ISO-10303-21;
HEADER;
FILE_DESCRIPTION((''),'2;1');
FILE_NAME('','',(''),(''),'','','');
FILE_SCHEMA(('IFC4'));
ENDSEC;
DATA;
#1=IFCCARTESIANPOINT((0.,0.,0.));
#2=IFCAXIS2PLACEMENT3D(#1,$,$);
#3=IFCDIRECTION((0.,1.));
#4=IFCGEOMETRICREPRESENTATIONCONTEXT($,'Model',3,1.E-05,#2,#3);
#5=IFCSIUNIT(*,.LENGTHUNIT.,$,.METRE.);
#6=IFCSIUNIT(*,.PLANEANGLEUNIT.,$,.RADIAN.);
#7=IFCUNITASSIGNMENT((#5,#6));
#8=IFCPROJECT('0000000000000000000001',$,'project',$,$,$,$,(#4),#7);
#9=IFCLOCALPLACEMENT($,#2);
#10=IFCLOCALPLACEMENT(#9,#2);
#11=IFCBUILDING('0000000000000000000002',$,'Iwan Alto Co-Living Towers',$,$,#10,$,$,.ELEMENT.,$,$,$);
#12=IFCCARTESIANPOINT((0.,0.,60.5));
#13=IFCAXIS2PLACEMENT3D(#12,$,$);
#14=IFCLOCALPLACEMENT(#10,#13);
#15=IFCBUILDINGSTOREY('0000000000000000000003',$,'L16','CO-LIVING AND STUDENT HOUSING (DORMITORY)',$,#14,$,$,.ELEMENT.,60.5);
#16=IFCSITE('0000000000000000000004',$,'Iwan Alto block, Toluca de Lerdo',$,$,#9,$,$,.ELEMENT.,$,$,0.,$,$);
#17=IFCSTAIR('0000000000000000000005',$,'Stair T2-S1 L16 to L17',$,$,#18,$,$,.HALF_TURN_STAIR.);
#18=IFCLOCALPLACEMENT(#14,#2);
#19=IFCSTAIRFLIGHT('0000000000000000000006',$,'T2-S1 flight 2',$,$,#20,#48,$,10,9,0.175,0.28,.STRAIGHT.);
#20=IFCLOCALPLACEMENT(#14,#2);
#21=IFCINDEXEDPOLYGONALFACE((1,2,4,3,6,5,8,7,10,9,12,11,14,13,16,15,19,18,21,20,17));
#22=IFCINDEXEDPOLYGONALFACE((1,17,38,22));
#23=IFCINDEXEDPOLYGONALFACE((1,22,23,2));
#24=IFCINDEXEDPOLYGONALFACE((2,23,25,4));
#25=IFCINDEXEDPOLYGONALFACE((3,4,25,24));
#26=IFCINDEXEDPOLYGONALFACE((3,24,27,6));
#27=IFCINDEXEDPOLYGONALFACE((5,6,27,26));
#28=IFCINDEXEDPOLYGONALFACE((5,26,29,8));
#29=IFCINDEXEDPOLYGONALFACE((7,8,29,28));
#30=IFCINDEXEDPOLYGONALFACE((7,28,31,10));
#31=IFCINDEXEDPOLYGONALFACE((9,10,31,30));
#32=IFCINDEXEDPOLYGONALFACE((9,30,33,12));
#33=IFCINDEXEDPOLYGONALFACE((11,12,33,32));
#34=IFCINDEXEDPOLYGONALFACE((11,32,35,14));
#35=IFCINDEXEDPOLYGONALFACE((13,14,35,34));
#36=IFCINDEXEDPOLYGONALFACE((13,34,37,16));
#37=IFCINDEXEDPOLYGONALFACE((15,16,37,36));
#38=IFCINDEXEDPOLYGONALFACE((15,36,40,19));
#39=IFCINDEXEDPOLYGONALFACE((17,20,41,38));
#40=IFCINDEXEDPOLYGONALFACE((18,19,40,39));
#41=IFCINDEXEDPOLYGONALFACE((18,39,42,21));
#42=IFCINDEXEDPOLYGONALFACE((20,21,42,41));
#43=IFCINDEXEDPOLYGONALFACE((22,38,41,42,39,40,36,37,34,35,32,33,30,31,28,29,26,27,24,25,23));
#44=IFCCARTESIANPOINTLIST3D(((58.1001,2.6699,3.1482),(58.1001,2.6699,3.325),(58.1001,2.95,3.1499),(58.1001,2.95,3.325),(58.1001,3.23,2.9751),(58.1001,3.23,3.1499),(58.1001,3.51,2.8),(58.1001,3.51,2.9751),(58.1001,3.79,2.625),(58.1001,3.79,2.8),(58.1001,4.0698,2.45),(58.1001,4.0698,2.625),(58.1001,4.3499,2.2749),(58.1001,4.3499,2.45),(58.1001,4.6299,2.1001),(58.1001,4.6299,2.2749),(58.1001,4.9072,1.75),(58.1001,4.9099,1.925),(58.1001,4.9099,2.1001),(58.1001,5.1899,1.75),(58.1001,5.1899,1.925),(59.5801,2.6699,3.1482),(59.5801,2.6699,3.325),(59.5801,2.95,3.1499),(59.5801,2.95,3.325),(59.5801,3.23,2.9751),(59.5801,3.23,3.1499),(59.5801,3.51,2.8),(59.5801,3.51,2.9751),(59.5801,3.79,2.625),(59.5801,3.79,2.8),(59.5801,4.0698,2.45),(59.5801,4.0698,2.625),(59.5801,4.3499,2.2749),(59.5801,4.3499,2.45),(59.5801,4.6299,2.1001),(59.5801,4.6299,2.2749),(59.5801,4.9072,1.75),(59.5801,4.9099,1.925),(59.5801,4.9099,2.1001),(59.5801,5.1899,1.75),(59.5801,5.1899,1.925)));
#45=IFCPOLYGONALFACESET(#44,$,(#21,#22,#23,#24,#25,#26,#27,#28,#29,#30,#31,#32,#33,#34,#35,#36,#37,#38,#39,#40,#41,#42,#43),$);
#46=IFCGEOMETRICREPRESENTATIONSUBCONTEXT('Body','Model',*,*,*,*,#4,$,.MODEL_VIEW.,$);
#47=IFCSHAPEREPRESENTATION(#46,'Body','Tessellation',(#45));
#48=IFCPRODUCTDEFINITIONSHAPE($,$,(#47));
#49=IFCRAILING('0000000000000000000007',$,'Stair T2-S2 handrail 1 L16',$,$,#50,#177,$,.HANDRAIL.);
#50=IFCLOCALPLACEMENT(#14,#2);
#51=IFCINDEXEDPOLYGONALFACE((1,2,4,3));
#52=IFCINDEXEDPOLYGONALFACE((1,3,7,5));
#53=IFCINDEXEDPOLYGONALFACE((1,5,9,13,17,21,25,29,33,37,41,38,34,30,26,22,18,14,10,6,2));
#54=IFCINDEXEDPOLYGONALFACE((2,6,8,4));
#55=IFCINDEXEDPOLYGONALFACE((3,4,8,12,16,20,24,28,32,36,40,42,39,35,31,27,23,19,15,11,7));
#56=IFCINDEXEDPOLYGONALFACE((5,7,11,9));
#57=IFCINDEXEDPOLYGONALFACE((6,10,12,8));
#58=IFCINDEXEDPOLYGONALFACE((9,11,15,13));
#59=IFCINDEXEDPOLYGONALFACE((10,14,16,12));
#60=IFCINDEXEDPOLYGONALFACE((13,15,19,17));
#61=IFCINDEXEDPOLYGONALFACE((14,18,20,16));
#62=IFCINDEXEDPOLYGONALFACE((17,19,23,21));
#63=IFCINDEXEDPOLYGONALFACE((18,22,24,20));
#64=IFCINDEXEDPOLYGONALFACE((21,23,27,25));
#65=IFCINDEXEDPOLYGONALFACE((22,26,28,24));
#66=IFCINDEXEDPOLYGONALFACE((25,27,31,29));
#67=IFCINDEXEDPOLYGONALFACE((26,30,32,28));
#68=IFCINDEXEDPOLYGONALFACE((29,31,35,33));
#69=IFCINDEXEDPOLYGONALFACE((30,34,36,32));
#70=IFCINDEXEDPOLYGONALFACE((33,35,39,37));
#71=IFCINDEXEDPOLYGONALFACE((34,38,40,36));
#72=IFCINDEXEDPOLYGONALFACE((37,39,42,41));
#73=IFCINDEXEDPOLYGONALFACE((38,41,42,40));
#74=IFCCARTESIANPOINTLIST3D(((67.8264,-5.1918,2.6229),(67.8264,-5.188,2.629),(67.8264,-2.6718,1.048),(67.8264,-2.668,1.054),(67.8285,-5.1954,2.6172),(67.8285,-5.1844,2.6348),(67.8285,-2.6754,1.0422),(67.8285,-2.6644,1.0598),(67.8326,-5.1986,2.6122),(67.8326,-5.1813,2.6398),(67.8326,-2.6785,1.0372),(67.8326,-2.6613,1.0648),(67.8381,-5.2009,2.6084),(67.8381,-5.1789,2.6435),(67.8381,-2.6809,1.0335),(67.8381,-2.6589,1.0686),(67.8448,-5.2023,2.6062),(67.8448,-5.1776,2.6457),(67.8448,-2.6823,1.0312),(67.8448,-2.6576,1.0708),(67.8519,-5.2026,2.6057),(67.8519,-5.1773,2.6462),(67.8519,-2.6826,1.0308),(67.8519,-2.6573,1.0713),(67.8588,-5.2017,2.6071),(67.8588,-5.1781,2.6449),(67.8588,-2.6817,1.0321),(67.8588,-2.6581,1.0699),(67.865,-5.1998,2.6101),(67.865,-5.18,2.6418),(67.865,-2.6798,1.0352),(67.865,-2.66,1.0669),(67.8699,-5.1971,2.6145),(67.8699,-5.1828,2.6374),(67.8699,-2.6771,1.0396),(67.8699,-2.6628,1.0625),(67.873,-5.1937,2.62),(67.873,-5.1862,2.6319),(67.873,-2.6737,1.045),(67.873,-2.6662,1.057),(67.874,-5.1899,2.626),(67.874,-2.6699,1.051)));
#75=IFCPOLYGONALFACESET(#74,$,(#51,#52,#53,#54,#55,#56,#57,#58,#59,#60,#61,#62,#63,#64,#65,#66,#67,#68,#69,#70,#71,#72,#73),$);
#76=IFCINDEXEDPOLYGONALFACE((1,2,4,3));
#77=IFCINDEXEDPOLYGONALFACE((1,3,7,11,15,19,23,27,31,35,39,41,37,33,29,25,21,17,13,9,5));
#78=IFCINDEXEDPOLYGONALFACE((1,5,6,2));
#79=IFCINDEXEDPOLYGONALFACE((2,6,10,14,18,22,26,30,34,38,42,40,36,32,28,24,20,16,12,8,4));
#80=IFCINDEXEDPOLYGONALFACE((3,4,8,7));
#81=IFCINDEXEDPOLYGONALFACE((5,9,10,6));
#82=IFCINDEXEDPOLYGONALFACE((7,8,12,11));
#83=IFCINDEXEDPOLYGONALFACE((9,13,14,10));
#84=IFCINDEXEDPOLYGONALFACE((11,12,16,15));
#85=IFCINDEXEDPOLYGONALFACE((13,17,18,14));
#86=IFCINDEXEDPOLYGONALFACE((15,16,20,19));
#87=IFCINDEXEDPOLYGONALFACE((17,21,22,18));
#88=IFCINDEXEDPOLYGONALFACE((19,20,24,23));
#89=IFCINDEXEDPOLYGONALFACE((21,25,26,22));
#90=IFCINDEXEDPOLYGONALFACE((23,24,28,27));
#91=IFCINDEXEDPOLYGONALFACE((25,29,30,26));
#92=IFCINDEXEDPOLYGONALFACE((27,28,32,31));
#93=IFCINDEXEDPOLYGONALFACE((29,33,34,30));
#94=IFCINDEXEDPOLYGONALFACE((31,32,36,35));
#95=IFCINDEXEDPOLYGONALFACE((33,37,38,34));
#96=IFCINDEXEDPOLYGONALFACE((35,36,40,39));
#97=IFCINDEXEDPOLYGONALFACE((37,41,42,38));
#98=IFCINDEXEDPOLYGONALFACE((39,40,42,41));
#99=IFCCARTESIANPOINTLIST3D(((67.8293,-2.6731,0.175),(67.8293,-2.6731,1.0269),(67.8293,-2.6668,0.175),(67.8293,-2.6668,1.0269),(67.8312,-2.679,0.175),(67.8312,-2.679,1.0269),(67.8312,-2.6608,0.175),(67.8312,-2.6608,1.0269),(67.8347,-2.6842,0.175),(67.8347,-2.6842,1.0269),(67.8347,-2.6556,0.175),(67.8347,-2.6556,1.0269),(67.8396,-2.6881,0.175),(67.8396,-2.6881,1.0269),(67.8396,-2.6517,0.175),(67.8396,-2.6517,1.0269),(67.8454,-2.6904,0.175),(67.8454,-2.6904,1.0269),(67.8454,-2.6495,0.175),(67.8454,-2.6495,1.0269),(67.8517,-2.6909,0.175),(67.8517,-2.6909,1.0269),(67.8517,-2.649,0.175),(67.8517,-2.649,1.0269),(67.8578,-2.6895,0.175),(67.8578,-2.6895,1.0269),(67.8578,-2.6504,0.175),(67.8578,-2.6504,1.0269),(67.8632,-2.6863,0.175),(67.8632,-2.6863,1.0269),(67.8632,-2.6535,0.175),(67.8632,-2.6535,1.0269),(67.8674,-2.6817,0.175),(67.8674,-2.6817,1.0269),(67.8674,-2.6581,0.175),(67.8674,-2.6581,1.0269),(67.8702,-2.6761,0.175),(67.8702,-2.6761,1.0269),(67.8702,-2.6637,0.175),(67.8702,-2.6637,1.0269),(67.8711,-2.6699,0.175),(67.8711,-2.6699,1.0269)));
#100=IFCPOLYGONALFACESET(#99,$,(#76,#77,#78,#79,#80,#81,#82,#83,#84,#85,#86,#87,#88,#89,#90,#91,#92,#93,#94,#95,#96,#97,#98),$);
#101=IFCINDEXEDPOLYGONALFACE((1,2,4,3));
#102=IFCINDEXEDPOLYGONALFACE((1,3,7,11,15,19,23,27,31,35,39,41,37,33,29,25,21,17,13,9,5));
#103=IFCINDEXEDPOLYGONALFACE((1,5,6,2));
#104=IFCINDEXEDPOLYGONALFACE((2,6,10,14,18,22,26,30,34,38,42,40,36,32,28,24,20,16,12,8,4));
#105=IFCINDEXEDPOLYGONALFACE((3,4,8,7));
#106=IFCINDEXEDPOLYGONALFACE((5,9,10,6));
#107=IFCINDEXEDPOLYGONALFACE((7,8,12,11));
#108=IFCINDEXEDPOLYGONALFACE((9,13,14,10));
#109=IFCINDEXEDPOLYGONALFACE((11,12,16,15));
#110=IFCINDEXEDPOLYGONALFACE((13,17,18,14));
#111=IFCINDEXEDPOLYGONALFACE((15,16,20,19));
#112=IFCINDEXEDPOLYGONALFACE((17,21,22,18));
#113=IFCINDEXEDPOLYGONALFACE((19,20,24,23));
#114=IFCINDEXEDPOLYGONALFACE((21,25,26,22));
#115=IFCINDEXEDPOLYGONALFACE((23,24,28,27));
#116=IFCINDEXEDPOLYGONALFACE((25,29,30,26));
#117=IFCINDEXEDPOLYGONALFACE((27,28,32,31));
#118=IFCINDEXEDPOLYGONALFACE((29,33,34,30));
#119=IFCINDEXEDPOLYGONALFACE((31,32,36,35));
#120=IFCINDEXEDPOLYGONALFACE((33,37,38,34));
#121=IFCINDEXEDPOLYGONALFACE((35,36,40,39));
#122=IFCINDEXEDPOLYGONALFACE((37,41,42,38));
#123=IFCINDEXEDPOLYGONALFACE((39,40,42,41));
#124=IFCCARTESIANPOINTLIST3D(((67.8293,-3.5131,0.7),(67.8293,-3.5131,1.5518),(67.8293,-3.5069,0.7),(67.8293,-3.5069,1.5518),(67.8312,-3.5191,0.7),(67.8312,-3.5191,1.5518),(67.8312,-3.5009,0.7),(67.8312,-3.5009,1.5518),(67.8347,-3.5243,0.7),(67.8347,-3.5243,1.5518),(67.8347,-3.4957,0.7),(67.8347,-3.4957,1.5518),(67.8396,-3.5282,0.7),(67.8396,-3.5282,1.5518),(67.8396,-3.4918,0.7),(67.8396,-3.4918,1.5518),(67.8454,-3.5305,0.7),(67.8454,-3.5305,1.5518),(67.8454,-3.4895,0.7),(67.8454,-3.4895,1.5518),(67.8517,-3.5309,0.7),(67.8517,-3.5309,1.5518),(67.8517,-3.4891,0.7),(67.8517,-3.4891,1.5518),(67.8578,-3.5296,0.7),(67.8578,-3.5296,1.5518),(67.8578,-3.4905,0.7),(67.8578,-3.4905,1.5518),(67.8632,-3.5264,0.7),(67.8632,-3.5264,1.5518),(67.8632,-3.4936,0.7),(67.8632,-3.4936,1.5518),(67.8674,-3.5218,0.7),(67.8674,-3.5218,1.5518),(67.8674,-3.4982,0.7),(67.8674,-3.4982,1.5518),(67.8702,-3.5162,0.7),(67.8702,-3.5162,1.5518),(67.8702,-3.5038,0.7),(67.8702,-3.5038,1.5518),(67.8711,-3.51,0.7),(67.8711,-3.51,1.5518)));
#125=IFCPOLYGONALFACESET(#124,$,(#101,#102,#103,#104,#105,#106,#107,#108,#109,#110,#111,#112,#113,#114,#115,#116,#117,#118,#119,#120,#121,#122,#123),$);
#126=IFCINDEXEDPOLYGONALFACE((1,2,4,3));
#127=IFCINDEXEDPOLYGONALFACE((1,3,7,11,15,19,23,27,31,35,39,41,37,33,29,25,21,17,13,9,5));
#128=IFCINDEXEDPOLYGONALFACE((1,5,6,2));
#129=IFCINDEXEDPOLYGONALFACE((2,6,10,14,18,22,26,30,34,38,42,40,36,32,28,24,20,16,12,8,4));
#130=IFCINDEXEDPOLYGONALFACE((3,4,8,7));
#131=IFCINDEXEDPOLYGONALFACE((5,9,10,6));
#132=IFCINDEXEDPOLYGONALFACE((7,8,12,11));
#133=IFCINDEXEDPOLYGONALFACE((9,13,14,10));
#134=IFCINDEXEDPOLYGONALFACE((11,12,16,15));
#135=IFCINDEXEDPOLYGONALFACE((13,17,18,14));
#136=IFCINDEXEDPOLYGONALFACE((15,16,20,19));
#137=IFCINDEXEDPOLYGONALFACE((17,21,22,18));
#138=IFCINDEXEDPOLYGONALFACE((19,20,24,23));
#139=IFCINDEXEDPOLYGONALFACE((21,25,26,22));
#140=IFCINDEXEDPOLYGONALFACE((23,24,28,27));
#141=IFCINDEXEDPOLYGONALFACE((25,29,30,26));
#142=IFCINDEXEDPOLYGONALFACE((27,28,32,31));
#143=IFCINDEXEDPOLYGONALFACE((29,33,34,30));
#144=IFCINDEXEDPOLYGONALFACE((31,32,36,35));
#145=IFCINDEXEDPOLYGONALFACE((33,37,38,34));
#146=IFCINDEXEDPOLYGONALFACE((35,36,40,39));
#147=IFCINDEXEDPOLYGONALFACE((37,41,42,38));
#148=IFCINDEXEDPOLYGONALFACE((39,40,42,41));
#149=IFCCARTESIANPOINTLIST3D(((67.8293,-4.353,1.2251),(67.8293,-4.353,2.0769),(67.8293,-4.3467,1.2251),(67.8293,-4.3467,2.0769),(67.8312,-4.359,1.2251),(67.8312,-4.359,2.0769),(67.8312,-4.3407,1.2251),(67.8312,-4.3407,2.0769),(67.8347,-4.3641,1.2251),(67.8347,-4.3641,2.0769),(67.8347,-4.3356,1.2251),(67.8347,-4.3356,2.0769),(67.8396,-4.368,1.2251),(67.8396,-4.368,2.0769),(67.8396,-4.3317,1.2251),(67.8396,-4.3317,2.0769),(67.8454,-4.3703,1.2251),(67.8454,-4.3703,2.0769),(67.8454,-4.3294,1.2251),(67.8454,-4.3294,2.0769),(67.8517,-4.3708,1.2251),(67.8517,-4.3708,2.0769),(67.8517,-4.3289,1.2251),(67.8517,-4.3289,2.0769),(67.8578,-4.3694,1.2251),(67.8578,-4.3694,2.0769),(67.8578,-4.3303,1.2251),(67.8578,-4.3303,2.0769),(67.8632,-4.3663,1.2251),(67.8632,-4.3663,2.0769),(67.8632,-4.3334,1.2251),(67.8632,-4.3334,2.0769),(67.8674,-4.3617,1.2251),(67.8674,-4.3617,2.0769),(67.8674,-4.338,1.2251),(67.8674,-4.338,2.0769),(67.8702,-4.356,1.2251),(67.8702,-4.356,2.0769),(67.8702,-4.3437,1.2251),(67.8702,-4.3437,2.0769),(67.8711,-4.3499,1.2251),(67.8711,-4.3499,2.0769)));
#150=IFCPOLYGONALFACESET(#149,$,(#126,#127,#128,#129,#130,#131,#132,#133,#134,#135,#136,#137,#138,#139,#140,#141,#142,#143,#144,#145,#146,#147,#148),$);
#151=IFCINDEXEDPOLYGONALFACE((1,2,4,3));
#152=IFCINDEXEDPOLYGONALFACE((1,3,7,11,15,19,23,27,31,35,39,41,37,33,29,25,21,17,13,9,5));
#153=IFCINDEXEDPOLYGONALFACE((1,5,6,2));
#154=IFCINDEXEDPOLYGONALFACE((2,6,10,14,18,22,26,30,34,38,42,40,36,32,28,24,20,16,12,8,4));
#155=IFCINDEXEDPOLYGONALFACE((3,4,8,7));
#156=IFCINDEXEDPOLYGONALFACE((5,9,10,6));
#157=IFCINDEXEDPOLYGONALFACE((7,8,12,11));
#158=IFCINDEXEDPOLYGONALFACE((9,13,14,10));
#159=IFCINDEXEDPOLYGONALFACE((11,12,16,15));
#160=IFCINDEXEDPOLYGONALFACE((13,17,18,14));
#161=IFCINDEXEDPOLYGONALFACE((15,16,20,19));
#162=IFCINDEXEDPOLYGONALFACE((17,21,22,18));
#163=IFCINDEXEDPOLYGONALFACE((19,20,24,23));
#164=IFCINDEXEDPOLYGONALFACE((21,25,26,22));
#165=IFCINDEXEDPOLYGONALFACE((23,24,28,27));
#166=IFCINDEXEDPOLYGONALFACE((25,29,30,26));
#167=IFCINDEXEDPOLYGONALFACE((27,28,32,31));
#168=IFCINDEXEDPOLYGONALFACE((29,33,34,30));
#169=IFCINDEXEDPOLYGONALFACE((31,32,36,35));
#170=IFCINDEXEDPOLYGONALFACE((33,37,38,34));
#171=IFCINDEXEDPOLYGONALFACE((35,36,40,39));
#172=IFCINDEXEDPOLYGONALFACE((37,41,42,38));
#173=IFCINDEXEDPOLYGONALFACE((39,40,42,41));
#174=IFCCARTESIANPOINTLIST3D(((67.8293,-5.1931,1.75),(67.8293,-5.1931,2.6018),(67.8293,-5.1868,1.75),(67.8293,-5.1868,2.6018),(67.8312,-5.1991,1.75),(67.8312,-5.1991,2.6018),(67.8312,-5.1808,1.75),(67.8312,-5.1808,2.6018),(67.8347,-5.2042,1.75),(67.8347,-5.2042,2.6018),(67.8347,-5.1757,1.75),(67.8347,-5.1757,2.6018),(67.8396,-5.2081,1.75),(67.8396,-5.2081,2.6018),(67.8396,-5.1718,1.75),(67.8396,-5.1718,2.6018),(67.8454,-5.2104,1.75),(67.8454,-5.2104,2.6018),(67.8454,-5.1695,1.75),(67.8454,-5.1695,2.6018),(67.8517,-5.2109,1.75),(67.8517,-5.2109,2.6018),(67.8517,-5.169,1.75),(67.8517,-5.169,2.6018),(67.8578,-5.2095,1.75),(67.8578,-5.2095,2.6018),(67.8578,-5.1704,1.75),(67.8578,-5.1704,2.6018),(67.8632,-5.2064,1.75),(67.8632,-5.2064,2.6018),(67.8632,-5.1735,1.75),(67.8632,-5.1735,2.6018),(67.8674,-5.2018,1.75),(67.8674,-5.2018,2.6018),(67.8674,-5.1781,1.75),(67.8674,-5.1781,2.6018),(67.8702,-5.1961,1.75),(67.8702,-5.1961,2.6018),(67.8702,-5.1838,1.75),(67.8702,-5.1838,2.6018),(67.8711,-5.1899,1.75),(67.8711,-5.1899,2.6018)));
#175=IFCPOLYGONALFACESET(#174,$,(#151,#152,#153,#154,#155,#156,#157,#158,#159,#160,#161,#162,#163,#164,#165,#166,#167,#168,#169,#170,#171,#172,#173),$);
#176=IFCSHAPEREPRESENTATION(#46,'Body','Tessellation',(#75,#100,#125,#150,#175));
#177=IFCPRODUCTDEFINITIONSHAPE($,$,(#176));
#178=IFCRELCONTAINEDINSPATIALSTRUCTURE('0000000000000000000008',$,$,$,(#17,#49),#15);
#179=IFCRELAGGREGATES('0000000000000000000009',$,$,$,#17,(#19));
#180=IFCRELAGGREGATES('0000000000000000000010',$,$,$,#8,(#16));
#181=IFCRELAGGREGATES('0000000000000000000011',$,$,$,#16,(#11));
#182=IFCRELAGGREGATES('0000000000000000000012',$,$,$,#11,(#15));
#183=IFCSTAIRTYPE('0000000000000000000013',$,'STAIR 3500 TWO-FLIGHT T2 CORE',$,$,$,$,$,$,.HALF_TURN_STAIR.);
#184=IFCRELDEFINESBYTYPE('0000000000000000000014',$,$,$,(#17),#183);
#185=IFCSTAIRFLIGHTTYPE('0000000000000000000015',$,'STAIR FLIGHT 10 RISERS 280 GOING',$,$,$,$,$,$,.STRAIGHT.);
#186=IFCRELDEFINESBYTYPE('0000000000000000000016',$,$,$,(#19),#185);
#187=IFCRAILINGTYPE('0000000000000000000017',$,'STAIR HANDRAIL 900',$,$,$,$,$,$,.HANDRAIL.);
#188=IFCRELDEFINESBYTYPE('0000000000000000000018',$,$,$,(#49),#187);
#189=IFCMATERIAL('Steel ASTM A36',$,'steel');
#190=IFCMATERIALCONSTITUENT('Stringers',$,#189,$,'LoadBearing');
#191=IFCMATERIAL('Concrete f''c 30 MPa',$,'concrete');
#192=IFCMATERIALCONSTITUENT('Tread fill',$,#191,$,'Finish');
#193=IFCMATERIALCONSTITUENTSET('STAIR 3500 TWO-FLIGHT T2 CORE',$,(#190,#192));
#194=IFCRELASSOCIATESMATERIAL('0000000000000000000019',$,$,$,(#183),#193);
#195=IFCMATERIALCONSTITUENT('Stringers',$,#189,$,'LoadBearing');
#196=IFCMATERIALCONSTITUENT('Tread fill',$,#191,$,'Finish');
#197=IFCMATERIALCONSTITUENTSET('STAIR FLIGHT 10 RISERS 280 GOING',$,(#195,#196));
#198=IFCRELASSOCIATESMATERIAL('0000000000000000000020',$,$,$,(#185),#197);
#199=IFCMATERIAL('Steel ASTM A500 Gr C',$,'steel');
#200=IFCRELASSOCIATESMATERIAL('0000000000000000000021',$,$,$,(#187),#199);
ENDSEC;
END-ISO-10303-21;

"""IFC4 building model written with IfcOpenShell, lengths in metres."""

from ifc_helpers import new_model, si_unit, direction, frame, origin, origin_2d, place, context, subcontext, project, spatial, polyline, circle, outline, extrude, material, constituent, constituent_set, type_object, element, aggregate, save


model = new_model("IFC4")

# Units and contexts
model_context = context("Model", 3, precision=1e-05, world=origin(), true_north=direction((0.0, 1.0)))
body_context = subcontext(model_context, "Body", "Model", "MODEL_VIEW")
ifc_project = project(units=[si_unit("LENGTHUNIT", "METRE"), si_unit("PLANEANGLEUNIT", "RADIAN")], contexts=[model_context])

# Site, building, storey
site_placement = place(None, origin())
site = spatial("IfcSite", under=ifc_project, at=site_placement, Name="Iwan Alto block, Toluca de Lerdo", CompositionType="ELEMENT", RefElevation=0.0)
building_placement = place(site_placement, origin())
building = spatial("IfcBuilding", under=site, at=building_placement, Name="Iwan Alto Co-Living Towers", CompositionType="ELEMENT")
storey_placement = place(building_placement, frame((0.0, 0.0, 60.5)))
storey = spatial("IfcBuildingStorey", under=building, at=storey_placement, Name="L16", Description="CO-LIVING AND STUDENT HOUSING (DORMITORY)", CompositionType="ELEMENT", Elevation=60.5)

# Stair, stair flight
ifc_material_1 = material(Name="Steel ASTM A36", Category="steel")
ifc_constituent_1 = constituent(ifc_material_1, Name="Stringers", Category="LoadBearing")
ifc_material_2 = material(Name="Concrete f'c 30 MPa", Category="concrete")
ifc_constituent_2 = constituent(ifc_material_2, Name="Tread fill", Category="Finish")
ifc_constituent_set_1 = constituent_set(constituents=[ifc_constituent_1, ifc_constituent_2], Name="STAIR 3500 TWO-FLIGHT T2 CORE")
stair_type = type_object("IfcStairType", Name="STAIR 3500 TWO-FLIGHT T2 CORE", PredefinedType="HALF_TURN_STAIR", material=ifc_constituent_set_1)
stair_placement = place(storey_placement, origin())
stair = element("IfcStair", 1, at=stair_placement, inside=storey, type_object=stair_type, Name="Stair T2-S1 L16 to L17", PredefinedType="HALF_TURN_STAIR")
ifc_constituent_3 = constituent(ifc_material_1, Name="Stringers", Category="LoadBearing")
ifc_constituent_4 = constituent(ifc_material_2, Name="Tread fill", Category="Finish")
ifc_constituent_set_2 = constituent_set(constituents=[ifc_constituent_3, ifc_constituent_4], Name="STAIR FLIGHT 10 RISERS 280 GOING")
stair_flight_type = type_object("IfcStairFlightType", Name="STAIR FLIGHT 10 RISERS 280 GOING", PredefinedType="STRAIGHT", material=ifc_constituent_set_2)
stair_flight_placement = place(storey_placement, frame((58.8401, 5.1899, 1.75), z_axis=(0.0, 0.0, 1.0), x_axis=(0.0, -1.0, 0.0)))
stair_flight = element("IfcStairFlight", 2, at=stair_flight_placement, type_object=stair_flight_type, Name="T2-S1 flight 2", NumberOfRisers=10, NumberOfTreads=9, PredefinedType="STRAIGHT", RiserHeight=0.175, TreadLength=0.28, context=body_context, shape_type="SweptSolid", body=[
    extrude(outline(polyline([(0.0, 0.0), (0.0, 0.175), (0.28, 0.175), (0.28, 0.3501), (0.5601, 0.3501), (0.5601, 0.5249), (0.8401, 0.5249), (0.8401, 0.7), (1.1201, 0.7), (1.1201, 0.875), (1.3999, 0.875), (1.3999, 1.05), (1.6799, 1.05), (1.6799, 1.2251), (1.96, 1.2251), (1.96, 1.3999), (2.24, 1.3999), (2.24, 1.575), (2.52, 1.575), (2.52, 1.75), (2.52, 1.3982), (0.2827, 0.0), (0.0, 0.0)])), frame((0.0, 0.74, 0.0), z_axis=(0.0, -1.0, 0.0), x_axis=(1.0, 0.0, 0.0)), (0.0, 0.0, 1.0), 1.48),
])
aggregate(stair, [stair_flight])

# Railing
ifc_material_3 = material(Name="Steel ASTM A500 Gr C", Category="steel")
railing_type_1 = type_object("IfcRailingType", Name="STAIR HANDRAIL 900", PredefinedType="HANDRAIL", material=ifc_material_3)
railing_1_placement = place(storey_placement, frame((67.8501, -2.6699, 0.175)))
element("IfcRailing", 3, at=railing_1_placement, inside=storey, type_object=railing_type_1, Name="Stair T2-S2 handrail 1 L16", PredefinedType="HANDRAIL", context=body_context, shape_type="SweptSolid", body=[
    extrude(circle(Radius=0.0239, at=origin_2d()), frame((0.0, 0.0, 0.876), z_axis=(0.0, -0.848008, 0.529984), x_axis=(1.0, 0.0, 0.0)), (0.0, 0.0, 1.0), 2.9717),
    extrude(circle(Radius=0.021, at=origin_2d()), origin(), (0.0, 0.0, 1.0), 0.8518),
    extrude(circle(Radius=0.021, at=origin_2d()), frame((0.0, -0.8401, 0.5249)), (0.0, 0.0, 1.0), 0.8518),
    extrude(circle(Radius=0.021, at=origin_2d()), frame((0.0, -1.6799, 1.05)), (0.0, 0.0, 1.0), 0.8518),
    extrude(circle(Radius=0.021, at=origin_2d()), frame((0.0, -2.52, 1.575)), (0.0, 0.0, 1.0), 0.8518),
])

save(model, "model.ifc")
